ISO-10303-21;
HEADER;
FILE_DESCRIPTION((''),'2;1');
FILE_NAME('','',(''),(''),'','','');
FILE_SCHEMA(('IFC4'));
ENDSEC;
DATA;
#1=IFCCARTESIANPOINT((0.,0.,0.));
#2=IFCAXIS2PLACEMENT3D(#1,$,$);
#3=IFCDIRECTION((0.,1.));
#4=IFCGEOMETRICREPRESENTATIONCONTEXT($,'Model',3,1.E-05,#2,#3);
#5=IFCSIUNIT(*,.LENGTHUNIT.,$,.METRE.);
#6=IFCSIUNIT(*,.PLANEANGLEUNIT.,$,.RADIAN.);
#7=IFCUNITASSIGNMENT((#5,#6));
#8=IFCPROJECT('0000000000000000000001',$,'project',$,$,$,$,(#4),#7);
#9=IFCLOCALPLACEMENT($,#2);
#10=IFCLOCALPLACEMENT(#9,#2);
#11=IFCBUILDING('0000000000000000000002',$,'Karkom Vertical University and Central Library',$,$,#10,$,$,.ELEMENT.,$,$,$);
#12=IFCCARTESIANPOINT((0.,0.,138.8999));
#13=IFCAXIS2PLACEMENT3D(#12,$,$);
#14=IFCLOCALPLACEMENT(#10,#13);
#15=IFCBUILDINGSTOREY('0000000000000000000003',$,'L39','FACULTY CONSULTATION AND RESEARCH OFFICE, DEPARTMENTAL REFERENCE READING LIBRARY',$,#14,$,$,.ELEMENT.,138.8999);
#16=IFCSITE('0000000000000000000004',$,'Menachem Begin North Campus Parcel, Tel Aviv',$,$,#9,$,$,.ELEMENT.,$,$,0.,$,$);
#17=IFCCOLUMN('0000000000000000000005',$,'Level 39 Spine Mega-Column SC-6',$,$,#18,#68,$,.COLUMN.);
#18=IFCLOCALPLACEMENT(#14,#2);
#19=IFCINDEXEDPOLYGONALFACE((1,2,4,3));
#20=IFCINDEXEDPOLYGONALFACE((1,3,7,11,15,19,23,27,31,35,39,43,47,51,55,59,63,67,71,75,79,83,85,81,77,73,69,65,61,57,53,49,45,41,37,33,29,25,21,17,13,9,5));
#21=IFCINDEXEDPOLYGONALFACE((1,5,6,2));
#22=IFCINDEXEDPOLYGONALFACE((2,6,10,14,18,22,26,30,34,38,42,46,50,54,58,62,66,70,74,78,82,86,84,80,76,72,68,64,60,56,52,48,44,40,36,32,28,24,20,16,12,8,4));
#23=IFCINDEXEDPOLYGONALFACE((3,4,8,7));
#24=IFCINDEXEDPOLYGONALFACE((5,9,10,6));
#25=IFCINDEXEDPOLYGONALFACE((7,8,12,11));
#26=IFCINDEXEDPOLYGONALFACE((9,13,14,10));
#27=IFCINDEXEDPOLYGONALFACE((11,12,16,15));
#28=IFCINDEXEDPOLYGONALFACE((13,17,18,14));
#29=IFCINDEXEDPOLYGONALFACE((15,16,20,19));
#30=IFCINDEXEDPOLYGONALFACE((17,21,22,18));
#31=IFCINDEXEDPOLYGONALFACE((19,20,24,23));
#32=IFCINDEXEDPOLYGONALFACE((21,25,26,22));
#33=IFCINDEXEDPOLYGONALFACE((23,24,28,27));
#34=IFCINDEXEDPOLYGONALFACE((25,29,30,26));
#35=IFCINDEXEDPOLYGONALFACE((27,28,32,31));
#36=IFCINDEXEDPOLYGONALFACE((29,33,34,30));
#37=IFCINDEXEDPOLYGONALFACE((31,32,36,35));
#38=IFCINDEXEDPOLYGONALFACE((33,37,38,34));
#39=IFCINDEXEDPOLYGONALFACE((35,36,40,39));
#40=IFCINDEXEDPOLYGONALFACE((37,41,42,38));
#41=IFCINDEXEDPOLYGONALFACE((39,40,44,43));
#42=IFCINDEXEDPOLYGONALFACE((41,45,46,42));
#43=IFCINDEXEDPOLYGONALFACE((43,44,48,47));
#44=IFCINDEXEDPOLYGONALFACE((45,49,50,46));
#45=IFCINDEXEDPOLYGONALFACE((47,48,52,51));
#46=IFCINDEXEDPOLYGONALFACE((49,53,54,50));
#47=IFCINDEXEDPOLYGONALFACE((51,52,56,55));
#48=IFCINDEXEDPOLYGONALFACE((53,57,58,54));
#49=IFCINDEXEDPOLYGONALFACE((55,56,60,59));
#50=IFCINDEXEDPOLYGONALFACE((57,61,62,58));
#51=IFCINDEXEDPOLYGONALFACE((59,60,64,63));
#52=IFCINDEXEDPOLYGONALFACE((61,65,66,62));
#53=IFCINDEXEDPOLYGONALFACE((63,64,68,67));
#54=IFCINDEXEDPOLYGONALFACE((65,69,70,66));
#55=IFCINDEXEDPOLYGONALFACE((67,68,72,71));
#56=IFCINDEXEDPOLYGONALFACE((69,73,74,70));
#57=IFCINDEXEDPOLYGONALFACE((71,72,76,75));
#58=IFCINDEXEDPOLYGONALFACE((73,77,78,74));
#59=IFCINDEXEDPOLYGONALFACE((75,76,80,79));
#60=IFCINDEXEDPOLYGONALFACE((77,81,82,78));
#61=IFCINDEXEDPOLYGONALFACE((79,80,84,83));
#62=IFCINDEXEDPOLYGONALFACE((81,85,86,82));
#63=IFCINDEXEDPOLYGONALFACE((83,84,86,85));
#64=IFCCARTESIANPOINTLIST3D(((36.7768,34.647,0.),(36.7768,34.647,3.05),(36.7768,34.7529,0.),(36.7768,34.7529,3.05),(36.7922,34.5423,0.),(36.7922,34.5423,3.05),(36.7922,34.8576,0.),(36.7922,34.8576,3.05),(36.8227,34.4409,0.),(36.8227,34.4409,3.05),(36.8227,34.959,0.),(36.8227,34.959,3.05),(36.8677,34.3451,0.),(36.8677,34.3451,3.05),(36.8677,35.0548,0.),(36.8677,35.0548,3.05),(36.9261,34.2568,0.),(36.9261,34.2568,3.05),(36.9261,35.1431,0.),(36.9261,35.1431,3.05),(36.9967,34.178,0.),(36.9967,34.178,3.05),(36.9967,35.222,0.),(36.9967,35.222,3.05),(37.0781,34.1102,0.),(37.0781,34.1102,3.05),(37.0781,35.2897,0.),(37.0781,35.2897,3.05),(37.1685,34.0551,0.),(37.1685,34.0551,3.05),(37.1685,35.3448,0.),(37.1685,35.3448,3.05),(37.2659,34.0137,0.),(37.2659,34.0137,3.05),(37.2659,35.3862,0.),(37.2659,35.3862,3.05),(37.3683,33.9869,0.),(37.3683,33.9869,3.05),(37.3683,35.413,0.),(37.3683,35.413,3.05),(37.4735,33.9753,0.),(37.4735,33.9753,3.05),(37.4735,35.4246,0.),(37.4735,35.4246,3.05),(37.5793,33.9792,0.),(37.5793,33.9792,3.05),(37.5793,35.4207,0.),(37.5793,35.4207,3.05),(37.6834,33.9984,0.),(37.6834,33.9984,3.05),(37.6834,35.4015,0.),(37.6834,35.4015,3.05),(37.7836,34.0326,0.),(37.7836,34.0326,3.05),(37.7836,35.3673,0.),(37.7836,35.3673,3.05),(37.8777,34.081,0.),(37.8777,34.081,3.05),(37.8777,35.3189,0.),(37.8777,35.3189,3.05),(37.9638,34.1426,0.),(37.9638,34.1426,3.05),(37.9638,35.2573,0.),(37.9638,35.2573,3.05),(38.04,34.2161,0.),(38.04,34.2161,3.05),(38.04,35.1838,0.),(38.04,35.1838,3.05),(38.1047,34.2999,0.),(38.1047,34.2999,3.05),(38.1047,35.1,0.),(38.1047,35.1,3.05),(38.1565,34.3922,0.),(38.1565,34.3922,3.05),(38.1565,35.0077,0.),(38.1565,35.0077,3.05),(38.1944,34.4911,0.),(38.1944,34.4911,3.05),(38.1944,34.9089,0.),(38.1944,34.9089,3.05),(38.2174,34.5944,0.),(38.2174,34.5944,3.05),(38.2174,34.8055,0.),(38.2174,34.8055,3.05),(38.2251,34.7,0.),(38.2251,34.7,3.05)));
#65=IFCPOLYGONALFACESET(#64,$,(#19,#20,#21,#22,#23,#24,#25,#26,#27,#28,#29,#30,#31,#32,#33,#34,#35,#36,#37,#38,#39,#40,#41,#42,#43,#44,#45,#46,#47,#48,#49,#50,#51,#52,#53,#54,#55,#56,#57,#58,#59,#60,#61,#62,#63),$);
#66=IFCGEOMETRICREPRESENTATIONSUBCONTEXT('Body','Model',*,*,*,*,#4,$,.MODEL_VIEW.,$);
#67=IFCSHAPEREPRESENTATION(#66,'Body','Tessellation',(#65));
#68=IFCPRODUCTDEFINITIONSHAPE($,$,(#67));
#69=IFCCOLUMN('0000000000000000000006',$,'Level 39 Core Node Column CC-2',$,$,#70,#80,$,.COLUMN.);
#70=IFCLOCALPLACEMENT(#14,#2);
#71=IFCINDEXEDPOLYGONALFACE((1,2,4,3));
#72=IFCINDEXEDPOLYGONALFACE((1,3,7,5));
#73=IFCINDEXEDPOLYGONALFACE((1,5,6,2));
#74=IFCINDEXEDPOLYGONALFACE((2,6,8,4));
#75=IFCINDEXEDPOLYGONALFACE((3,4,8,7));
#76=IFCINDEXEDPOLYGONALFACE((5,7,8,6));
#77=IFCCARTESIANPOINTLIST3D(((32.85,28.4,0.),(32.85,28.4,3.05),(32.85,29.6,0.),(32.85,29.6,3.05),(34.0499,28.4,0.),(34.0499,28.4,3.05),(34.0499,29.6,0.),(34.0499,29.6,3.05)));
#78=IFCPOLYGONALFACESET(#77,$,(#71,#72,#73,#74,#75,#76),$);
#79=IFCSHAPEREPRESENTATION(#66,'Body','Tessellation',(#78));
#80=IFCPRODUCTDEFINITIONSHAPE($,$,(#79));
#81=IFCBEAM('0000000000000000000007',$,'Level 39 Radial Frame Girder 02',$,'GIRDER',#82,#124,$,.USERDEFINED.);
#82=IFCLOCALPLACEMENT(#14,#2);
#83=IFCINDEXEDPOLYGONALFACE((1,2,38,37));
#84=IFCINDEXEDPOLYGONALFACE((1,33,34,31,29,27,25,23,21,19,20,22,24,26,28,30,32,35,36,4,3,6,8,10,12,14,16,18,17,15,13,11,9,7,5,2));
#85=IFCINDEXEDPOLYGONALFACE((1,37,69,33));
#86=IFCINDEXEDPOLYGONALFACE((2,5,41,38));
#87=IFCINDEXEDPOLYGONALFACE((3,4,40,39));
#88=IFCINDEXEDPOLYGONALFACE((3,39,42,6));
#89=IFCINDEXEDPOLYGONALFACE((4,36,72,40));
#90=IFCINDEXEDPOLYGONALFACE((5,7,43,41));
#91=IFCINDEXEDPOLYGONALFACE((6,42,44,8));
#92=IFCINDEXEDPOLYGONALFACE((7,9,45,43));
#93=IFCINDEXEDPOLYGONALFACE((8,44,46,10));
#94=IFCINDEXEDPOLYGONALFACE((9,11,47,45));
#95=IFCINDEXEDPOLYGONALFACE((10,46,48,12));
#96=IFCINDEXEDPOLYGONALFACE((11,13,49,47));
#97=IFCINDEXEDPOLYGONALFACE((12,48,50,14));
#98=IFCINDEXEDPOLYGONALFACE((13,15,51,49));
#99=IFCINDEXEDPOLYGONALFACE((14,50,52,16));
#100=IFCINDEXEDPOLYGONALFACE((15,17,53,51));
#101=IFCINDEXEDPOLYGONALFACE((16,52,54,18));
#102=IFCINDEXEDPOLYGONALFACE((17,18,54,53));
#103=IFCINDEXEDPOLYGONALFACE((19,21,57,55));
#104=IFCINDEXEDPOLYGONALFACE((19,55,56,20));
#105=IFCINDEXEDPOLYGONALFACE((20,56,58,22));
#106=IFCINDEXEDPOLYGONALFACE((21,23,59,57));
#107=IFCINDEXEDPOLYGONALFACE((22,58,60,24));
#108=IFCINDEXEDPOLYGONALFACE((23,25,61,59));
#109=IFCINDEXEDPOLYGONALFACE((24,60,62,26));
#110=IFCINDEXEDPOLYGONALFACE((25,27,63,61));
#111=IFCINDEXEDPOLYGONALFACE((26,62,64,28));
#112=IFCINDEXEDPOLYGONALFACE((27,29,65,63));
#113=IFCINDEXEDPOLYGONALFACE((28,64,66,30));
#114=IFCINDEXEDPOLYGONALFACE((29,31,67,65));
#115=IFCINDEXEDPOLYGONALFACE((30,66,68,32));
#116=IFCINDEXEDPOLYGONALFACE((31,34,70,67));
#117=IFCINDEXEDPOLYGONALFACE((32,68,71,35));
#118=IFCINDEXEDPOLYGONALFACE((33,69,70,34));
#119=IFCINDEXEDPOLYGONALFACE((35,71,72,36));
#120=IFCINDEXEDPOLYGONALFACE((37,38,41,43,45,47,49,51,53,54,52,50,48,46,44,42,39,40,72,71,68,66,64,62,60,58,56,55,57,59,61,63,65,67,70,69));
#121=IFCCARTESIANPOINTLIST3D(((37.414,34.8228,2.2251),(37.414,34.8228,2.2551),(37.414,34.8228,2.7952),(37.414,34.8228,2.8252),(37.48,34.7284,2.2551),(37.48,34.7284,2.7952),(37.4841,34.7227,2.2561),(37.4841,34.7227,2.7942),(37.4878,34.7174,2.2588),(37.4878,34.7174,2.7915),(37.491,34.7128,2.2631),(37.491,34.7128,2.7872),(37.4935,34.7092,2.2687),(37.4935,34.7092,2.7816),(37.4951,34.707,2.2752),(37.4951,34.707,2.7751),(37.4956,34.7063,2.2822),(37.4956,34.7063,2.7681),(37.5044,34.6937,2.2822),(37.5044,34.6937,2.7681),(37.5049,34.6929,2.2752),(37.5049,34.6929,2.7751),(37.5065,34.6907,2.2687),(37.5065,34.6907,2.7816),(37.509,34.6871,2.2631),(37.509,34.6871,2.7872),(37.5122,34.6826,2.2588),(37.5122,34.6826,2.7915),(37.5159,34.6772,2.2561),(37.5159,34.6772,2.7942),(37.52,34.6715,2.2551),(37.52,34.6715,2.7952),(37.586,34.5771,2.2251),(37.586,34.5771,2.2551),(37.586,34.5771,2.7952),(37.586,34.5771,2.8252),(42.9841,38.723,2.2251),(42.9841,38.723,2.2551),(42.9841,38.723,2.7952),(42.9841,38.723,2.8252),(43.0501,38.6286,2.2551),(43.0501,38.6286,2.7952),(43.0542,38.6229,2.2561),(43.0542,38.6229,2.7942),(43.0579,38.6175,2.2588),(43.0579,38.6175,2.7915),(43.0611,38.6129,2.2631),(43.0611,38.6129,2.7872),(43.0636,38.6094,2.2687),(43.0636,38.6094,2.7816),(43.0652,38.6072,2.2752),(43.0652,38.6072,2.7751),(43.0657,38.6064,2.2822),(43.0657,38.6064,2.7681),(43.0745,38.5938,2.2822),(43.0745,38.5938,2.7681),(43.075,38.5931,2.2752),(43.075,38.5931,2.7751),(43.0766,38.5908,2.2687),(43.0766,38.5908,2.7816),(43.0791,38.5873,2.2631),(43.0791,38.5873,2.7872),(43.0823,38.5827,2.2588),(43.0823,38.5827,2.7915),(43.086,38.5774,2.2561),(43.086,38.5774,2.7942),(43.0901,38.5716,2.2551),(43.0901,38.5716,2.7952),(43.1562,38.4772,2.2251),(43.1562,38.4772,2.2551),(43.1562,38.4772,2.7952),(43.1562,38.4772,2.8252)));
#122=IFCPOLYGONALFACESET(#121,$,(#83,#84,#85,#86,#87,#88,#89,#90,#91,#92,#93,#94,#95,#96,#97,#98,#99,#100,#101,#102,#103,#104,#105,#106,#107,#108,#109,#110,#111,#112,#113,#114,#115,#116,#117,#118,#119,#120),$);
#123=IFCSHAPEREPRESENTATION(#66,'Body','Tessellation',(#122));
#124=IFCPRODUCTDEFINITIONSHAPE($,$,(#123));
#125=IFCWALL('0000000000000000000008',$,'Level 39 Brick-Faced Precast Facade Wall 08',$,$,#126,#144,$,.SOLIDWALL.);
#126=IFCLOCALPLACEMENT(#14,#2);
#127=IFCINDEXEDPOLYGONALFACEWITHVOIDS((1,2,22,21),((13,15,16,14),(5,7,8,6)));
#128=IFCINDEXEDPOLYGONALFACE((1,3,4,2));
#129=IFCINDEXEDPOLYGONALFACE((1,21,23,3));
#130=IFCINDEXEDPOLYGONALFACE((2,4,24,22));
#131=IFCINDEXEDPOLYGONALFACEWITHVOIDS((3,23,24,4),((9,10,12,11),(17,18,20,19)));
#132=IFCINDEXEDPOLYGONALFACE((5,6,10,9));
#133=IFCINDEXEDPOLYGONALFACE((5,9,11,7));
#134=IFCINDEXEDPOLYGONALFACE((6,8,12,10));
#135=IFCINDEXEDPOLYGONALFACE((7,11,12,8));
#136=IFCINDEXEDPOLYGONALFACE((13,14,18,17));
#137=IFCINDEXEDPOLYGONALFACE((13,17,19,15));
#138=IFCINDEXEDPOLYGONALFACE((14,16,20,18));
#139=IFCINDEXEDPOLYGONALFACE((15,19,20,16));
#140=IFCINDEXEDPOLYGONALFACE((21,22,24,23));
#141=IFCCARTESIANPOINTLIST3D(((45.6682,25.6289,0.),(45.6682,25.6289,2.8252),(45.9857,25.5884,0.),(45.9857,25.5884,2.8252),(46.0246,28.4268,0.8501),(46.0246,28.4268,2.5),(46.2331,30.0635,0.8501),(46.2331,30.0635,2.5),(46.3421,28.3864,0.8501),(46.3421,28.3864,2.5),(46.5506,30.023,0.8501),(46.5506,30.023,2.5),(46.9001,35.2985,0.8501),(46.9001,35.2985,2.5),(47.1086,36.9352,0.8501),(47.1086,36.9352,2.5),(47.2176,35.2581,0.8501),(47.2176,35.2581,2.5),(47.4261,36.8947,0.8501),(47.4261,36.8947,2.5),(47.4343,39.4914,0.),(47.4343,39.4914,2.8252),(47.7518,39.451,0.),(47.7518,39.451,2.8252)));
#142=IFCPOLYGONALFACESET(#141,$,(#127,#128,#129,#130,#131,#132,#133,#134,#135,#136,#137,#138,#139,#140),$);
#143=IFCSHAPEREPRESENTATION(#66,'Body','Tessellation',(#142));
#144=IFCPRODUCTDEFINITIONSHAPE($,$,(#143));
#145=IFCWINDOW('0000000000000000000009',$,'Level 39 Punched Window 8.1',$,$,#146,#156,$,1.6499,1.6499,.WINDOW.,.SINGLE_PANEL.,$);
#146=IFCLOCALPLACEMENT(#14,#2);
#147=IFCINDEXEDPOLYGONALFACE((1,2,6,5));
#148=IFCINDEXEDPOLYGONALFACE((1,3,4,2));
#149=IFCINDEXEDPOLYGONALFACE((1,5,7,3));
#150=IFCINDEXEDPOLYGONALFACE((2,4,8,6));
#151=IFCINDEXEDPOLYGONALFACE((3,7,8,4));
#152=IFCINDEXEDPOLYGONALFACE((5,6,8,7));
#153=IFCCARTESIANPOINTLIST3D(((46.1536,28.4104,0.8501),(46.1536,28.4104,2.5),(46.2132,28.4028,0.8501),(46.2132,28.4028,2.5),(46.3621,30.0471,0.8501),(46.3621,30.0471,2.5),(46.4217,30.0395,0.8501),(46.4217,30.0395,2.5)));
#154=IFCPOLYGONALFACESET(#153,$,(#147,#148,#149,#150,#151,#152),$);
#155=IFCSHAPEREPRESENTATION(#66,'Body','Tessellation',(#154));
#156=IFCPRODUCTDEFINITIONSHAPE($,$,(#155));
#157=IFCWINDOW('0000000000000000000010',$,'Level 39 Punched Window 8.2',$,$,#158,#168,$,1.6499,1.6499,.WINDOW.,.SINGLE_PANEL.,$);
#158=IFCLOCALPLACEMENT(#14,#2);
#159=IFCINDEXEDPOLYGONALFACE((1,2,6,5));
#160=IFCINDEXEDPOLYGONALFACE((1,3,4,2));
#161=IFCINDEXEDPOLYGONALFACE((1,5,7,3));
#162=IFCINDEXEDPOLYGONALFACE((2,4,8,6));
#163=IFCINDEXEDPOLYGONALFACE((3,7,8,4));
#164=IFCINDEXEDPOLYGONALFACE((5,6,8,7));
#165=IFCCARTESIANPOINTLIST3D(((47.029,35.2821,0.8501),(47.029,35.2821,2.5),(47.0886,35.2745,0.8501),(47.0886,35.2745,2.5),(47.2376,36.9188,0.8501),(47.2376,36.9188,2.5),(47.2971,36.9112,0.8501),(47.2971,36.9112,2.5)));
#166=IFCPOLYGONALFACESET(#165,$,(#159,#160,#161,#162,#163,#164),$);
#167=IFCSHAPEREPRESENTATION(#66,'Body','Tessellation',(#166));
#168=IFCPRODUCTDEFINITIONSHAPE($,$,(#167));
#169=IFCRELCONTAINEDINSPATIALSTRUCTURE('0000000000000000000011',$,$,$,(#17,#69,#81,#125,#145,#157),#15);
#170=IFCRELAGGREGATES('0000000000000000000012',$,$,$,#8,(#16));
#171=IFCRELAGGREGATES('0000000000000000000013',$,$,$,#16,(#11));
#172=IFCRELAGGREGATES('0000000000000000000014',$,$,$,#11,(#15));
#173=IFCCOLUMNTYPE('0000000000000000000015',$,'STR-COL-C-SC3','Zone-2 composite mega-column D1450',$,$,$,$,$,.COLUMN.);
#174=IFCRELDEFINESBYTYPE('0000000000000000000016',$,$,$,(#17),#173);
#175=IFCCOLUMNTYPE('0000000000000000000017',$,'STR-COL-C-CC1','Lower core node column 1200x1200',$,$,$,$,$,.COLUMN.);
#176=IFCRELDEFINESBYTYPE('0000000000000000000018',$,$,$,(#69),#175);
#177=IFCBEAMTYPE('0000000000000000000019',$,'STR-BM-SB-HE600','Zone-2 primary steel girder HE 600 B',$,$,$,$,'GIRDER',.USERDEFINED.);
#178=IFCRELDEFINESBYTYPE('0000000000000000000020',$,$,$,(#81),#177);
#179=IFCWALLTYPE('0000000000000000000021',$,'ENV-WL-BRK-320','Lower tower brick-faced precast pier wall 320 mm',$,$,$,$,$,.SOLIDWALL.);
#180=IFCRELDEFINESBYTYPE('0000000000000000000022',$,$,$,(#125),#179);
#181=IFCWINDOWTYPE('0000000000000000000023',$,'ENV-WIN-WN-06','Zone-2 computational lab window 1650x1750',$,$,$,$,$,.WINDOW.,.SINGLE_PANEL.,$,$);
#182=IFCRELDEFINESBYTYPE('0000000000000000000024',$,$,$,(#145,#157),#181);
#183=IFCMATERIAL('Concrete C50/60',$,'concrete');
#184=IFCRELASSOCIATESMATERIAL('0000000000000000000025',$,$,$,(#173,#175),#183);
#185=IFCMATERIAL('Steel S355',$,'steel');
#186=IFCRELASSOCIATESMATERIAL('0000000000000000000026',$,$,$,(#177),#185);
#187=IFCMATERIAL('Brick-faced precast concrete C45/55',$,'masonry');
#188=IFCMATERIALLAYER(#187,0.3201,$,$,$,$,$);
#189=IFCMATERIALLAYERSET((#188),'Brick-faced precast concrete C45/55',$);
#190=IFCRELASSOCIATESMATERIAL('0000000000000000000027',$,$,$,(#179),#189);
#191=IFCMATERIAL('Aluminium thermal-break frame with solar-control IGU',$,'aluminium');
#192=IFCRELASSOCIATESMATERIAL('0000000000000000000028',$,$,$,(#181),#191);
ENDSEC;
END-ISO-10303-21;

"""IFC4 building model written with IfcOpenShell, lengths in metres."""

from ifc_helpers import new_model, si_unit, direction, frame, frame_2d, origin, origin_with_axes, origin_2d, place, context, subcontext, project, spatial, rectangle, circle, i_section, extrude, source, transform, mapped, material, layer, layer_set, material_profile, profile_set, type_object, element, fill, save


model = new_model("IFC4")

# Units and contexts
model_context = context("Model", 3, precision=1e-05, world=origin(), true_north=direction((0.0, 1.0)))
body_context = subcontext(model_context, "Body", "Model", "MODEL_VIEW")
ifc_project = project(units=[si_unit("LENGTHUNIT", "METRE"), si_unit("PLANEANGLEUNIT", "RADIAN")], contexts=[model_context])

# Site, building, storey
site_placement = place(None, origin())
site = spatial("IfcSite", under=ifc_project, at=site_placement, Name="Menachem Begin North Campus Parcel, Tel Aviv", CompositionType="ELEMENT", RefElevation=0.0)
building_placement = place(site_placement, origin())
building = spatial("IfcBuilding", under=site, at=building_placement, Name="Karkom Vertical University and Central Library", CompositionType="ELEMENT")
storey_placement = place(building_placement, frame((0.0, 0.0, 138.8999)))
storey = spatial("IfcBuildingStorey", under=building, at=storey_placement, Name="L39", Description="FACULTY CONSULTATION AND RESEARCH OFFICE, DEPARTMENTAL REFERENCE READING LIBRARY", CompositionType="ELEMENT", Elevation=138.8999)

# Columns
ifc_material_1 = material(Name="Concrete C50/60", Category="concrete")
ifc_material_profile_1 = material_profile(ifc_material_1, circle(Radius=0.7251, at=origin_2d()), Name="CFT-D1450")
ifc_profile_set_1 = profile_set([ifc_material_profile_1], Name="Concrete C50/60")
column_type_1 = type_object("IfcColumnType", Name="STR-COL-C-SC3", Description="Zone-2 composite mega-column D1450", PredefinedType="COLUMN", material=ifc_profile_set_1)
shared_shape_1 = source(origin_with_axes(), body_context, "Body", "SweptSolid", [
    extrude(circle(Radius=0.7251, at=origin_2d()), origin(), (0.0, 0.0, 1.0), 3.05),
])
column_1_placement = place(storey_placement, frame((37.5, 34.7, 0.0), z_axis=(0.0, 0.0, 1.0), x_axis=(1.0, 0.0, 0.0)))
element("IfcColumn", 1, at=column_1_placement, inside=storey, type_object=column_type_1, Name="Level 39 Spine Mega-Column SC-6", PredefinedType="COLUMN", context=body_context, shape_type="MappedRepresentation", body=[
    mapped(shared_shape_1, transform((0.0, 0.0, 0.0), scale=1.0)),
])
ifc_material_profile_2 = material_profile(ifc_material_1, rectangle(XDim=1.2, YDim=1.2, at=origin_2d()), Name="RC-1200x1200")
ifc_profile_set_2 = profile_set([ifc_material_profile_2], Name="Concrete C50/60")
column_type_2 = type_object("IfcColumnType", Name="STR-COL-C-CC1", Description="Lower core node column 1200x1200", PredefinedType="COLUMN", material=ifc_profile_set_2)
shared_shape_2 = source(origin_with_axes(), body_context, "Body", "SweptSolid", [
    extrude(rectangle(XDim=1.2, YDim=1.2, at=origin_2d()), origin(), (0.0, 0.0, 1.0), 3.05),
])
column_2_placement = place(storey_placement, frame((33.45, 29.0, 0.0), z_axis=(0.0, 0.0, 1.0), x_axis=(1.0, 0.0, 0.0)))
element("IfcColumn", 2, at=column_2_placement, inside=storey, type_object=column_type_2, Name="Level 39 Core Node Column CC-2", PredefinedType="COLUMN", context=body_context, shape_type="MappedRepresentation", body=[
    mapped(shared_shape_2, transform((0.0, 0.0, 0.0), scale=1.0)),
])

# Beam
ifc_material_2 = material(Name="Steel S355", Category="steel")
ifc_material_profile_3 = material_profile(ifc_material_2, i_section(OverallWidth=0.3, OverallDepth=0.6001, WebThickness=0.0154, FlangeThickness=0.03, FilletRadius=0.0271, at=origin_2d()), Name="HE 600 B")
ifc_profile_set_3 = profile_set([ifc_material_profile_3], Name="Steel S355")
beam_type = type_object("IfcBeamType", Name="STR-BM-SB-HE600", Description="Zone-2 primary steel girder HE 600 B", ElementType="GIRDER", PredefinedType="USERDEFINED", material=ifc_profile_set_3)
shared_shape_3 = source(origin_with_axes(), body_context, "Body", "SweptSolid", [
    extrude(i_section(OverallWidth=0.3, OverallDepth=0.6001, WebThickness=0.0154, FlangeThickness=0.03, FilletRadius=0.0271, at=origin_2d()), origin(), (0.0, 0.0, 1.0), 6.7998),
])
beam_placement = place(storey_placement, frame((37.5, 34.7, 2.5251), z_axis=(0.819156, 0.573571, 0.0), x_axis=(-0.573571, 0.819156, 0.0)))
element("IfcBeam", 3, at=beam_placement, inside=storey, type_object=beam_type, Name="Level 39 Radial Frame Girder 02", ObjectType="GIRDER", PredefinedType="USERDEFINED", context=body_context, shape_type="MappedRepresentation", body=[
    mapped(shared_shape_3, transform((0.0, 0.0, 0.0), scale=1.0)),
])

# Wall, openings, windows
ifc_material_3 = material(Name="Brick-faced precast concrete C45/55", Category="masonry")
ifc_layer_1 = layer(ifc_material_3, 0.3201)
ifc_layer_set_1 = layer_set([ifc_layer_1], Name="Brick-faced precast concrete C45/55")
wall_type_1 = type_object("IfcWallType", Name="ENV-WL-BRK-320", Description="Lower tower brick-faced precast pier wall 320 mm", PredefinedType="SOLIDWALL", material=ifc_layer_set_1)
wall_1_placement = place(storey_placement, frame((45.8269, 25.6086, 0.0), z_axis=(0.0, 0.0, 1.0), x_axis=(0.12638, 0.991982, 0.0)))
wall_1 = element("IfcWall", 4, at=wall_1_placement, inside=storey, type_object=wall_type_1, Name="Level 39 Brick-Faced Precast Facade Wall 08", PredefinedType="SOLIDWALL", context=body_context, shape_type="SweptSolid", body=[
    extrude(rectangle(XDim=13.9746, YDim=0.3201, at=frame_2d((6.9873, 0.0))), origin(), (0.0, 0.0, 1.0), 2.8252),
])
opening_1_placement = place(wall_1_placement, frame((2.8206, 0.0, 0.8501)))
opening_1 = element("IfcOpeningElement", 5, at=opening_1_placement, cuts=wall_1, PredefinedType="OPENING", context=body_context, shape_type="SweptSolid", body=[
    extrude(rectangle(XDim=1.6499, YDim=1.6499, at=frame_2d((0.825, 0.825))), frame((0.0, 0.1699, 0.0), z_axis=(0.0, -1.0, 0.0), x_axis=(1.0, 0.0, 0.0)), (0.0, 0.0, 1.0), 0.3401),
])
opening_2_placement = place(wall_1_placement, frame((9.7478, 0.0, 0.8501)))
opening_2 = element("IfcOpeningElement", 6, at=opening_2_placement, cuts=wall_1, PredefinedType="OPENING", context=body_context, shape_type="SweptSolid", body=[
    extrude(rectangle(XDim=1.6499, YDim=1.6499, at=frame_2d((0.825, 0.825))), frame((0.0, 0.1699, 0.0), z_axis=(0.0, -1.0, 0.0), x_axis=(1.0, 0.0, 0.0)), (0.0, 0.0, 1.0), 0.3401),
])
ifc_material_4 = material(Name="Aluminium thermal-break frame with solar-control IGU", Category="aluminium")
window_type = type_object("IfcWindowType", Name="ENV-WIN-WN-06", Description="Zone-2 computational lab window 1650x1750", PartitioningType="SINGLE_PANEL", PredefinedType="WINDOW", material=ifc_material_4)
shared_shape_4 = source(origin_with_axes(), body_context, "Body", "SweptSolid", [
    extrude(rectangle(XDim=1.6499, YDim=1.6499, at=frame_2d((0.825, 0.825))), frame((0.0, 0.03, 0.0), z_axis=(0.0, -1.0, 0.0), x_axis=(1.0, 0.0, 0.0)), (0.0, 0.0, 1.0), 0.0601),
])
window_1_placement = place(opening_1_placement, origin())
window_1 = element("IfcWindow", 7, at=window_1_placement, inside=storey, type_object=window_type, Name="Level 39 Punched Window 8.1", OverallHeight=1.6499, OverallWidth=1.6499, PartitioningType="SINGLE_PANEL", PredefinedType="WINDOW", context=body_context, shape_type="MappedRepresentation", body=[
    mapped(shared_shape_4, transform((0.0, 0.0, 0.0), scale=1.0)),
])
fill(opening_1, window_1)
window_2_placement = place(opening_2_placement, origin())
window_2 = element("IfcWindow", 8, at=window_2_placement, inside=storey, type_object=window_type, Name="Level 39 Punched Window 8.2", OverallHeight=1.6499, OverallWidth=1.6499, PartitioningType="SINGLE_PANEL", PredefinedType="WINDOW", context=body_context, shape_type="MappedRepresentation", body=[
    mapped(shared_shape_4, transform((0.0, 0.0, 0.0), scale=1.0)),
])
fill(opening_2, window_2)

save(model, "model.ifc")
